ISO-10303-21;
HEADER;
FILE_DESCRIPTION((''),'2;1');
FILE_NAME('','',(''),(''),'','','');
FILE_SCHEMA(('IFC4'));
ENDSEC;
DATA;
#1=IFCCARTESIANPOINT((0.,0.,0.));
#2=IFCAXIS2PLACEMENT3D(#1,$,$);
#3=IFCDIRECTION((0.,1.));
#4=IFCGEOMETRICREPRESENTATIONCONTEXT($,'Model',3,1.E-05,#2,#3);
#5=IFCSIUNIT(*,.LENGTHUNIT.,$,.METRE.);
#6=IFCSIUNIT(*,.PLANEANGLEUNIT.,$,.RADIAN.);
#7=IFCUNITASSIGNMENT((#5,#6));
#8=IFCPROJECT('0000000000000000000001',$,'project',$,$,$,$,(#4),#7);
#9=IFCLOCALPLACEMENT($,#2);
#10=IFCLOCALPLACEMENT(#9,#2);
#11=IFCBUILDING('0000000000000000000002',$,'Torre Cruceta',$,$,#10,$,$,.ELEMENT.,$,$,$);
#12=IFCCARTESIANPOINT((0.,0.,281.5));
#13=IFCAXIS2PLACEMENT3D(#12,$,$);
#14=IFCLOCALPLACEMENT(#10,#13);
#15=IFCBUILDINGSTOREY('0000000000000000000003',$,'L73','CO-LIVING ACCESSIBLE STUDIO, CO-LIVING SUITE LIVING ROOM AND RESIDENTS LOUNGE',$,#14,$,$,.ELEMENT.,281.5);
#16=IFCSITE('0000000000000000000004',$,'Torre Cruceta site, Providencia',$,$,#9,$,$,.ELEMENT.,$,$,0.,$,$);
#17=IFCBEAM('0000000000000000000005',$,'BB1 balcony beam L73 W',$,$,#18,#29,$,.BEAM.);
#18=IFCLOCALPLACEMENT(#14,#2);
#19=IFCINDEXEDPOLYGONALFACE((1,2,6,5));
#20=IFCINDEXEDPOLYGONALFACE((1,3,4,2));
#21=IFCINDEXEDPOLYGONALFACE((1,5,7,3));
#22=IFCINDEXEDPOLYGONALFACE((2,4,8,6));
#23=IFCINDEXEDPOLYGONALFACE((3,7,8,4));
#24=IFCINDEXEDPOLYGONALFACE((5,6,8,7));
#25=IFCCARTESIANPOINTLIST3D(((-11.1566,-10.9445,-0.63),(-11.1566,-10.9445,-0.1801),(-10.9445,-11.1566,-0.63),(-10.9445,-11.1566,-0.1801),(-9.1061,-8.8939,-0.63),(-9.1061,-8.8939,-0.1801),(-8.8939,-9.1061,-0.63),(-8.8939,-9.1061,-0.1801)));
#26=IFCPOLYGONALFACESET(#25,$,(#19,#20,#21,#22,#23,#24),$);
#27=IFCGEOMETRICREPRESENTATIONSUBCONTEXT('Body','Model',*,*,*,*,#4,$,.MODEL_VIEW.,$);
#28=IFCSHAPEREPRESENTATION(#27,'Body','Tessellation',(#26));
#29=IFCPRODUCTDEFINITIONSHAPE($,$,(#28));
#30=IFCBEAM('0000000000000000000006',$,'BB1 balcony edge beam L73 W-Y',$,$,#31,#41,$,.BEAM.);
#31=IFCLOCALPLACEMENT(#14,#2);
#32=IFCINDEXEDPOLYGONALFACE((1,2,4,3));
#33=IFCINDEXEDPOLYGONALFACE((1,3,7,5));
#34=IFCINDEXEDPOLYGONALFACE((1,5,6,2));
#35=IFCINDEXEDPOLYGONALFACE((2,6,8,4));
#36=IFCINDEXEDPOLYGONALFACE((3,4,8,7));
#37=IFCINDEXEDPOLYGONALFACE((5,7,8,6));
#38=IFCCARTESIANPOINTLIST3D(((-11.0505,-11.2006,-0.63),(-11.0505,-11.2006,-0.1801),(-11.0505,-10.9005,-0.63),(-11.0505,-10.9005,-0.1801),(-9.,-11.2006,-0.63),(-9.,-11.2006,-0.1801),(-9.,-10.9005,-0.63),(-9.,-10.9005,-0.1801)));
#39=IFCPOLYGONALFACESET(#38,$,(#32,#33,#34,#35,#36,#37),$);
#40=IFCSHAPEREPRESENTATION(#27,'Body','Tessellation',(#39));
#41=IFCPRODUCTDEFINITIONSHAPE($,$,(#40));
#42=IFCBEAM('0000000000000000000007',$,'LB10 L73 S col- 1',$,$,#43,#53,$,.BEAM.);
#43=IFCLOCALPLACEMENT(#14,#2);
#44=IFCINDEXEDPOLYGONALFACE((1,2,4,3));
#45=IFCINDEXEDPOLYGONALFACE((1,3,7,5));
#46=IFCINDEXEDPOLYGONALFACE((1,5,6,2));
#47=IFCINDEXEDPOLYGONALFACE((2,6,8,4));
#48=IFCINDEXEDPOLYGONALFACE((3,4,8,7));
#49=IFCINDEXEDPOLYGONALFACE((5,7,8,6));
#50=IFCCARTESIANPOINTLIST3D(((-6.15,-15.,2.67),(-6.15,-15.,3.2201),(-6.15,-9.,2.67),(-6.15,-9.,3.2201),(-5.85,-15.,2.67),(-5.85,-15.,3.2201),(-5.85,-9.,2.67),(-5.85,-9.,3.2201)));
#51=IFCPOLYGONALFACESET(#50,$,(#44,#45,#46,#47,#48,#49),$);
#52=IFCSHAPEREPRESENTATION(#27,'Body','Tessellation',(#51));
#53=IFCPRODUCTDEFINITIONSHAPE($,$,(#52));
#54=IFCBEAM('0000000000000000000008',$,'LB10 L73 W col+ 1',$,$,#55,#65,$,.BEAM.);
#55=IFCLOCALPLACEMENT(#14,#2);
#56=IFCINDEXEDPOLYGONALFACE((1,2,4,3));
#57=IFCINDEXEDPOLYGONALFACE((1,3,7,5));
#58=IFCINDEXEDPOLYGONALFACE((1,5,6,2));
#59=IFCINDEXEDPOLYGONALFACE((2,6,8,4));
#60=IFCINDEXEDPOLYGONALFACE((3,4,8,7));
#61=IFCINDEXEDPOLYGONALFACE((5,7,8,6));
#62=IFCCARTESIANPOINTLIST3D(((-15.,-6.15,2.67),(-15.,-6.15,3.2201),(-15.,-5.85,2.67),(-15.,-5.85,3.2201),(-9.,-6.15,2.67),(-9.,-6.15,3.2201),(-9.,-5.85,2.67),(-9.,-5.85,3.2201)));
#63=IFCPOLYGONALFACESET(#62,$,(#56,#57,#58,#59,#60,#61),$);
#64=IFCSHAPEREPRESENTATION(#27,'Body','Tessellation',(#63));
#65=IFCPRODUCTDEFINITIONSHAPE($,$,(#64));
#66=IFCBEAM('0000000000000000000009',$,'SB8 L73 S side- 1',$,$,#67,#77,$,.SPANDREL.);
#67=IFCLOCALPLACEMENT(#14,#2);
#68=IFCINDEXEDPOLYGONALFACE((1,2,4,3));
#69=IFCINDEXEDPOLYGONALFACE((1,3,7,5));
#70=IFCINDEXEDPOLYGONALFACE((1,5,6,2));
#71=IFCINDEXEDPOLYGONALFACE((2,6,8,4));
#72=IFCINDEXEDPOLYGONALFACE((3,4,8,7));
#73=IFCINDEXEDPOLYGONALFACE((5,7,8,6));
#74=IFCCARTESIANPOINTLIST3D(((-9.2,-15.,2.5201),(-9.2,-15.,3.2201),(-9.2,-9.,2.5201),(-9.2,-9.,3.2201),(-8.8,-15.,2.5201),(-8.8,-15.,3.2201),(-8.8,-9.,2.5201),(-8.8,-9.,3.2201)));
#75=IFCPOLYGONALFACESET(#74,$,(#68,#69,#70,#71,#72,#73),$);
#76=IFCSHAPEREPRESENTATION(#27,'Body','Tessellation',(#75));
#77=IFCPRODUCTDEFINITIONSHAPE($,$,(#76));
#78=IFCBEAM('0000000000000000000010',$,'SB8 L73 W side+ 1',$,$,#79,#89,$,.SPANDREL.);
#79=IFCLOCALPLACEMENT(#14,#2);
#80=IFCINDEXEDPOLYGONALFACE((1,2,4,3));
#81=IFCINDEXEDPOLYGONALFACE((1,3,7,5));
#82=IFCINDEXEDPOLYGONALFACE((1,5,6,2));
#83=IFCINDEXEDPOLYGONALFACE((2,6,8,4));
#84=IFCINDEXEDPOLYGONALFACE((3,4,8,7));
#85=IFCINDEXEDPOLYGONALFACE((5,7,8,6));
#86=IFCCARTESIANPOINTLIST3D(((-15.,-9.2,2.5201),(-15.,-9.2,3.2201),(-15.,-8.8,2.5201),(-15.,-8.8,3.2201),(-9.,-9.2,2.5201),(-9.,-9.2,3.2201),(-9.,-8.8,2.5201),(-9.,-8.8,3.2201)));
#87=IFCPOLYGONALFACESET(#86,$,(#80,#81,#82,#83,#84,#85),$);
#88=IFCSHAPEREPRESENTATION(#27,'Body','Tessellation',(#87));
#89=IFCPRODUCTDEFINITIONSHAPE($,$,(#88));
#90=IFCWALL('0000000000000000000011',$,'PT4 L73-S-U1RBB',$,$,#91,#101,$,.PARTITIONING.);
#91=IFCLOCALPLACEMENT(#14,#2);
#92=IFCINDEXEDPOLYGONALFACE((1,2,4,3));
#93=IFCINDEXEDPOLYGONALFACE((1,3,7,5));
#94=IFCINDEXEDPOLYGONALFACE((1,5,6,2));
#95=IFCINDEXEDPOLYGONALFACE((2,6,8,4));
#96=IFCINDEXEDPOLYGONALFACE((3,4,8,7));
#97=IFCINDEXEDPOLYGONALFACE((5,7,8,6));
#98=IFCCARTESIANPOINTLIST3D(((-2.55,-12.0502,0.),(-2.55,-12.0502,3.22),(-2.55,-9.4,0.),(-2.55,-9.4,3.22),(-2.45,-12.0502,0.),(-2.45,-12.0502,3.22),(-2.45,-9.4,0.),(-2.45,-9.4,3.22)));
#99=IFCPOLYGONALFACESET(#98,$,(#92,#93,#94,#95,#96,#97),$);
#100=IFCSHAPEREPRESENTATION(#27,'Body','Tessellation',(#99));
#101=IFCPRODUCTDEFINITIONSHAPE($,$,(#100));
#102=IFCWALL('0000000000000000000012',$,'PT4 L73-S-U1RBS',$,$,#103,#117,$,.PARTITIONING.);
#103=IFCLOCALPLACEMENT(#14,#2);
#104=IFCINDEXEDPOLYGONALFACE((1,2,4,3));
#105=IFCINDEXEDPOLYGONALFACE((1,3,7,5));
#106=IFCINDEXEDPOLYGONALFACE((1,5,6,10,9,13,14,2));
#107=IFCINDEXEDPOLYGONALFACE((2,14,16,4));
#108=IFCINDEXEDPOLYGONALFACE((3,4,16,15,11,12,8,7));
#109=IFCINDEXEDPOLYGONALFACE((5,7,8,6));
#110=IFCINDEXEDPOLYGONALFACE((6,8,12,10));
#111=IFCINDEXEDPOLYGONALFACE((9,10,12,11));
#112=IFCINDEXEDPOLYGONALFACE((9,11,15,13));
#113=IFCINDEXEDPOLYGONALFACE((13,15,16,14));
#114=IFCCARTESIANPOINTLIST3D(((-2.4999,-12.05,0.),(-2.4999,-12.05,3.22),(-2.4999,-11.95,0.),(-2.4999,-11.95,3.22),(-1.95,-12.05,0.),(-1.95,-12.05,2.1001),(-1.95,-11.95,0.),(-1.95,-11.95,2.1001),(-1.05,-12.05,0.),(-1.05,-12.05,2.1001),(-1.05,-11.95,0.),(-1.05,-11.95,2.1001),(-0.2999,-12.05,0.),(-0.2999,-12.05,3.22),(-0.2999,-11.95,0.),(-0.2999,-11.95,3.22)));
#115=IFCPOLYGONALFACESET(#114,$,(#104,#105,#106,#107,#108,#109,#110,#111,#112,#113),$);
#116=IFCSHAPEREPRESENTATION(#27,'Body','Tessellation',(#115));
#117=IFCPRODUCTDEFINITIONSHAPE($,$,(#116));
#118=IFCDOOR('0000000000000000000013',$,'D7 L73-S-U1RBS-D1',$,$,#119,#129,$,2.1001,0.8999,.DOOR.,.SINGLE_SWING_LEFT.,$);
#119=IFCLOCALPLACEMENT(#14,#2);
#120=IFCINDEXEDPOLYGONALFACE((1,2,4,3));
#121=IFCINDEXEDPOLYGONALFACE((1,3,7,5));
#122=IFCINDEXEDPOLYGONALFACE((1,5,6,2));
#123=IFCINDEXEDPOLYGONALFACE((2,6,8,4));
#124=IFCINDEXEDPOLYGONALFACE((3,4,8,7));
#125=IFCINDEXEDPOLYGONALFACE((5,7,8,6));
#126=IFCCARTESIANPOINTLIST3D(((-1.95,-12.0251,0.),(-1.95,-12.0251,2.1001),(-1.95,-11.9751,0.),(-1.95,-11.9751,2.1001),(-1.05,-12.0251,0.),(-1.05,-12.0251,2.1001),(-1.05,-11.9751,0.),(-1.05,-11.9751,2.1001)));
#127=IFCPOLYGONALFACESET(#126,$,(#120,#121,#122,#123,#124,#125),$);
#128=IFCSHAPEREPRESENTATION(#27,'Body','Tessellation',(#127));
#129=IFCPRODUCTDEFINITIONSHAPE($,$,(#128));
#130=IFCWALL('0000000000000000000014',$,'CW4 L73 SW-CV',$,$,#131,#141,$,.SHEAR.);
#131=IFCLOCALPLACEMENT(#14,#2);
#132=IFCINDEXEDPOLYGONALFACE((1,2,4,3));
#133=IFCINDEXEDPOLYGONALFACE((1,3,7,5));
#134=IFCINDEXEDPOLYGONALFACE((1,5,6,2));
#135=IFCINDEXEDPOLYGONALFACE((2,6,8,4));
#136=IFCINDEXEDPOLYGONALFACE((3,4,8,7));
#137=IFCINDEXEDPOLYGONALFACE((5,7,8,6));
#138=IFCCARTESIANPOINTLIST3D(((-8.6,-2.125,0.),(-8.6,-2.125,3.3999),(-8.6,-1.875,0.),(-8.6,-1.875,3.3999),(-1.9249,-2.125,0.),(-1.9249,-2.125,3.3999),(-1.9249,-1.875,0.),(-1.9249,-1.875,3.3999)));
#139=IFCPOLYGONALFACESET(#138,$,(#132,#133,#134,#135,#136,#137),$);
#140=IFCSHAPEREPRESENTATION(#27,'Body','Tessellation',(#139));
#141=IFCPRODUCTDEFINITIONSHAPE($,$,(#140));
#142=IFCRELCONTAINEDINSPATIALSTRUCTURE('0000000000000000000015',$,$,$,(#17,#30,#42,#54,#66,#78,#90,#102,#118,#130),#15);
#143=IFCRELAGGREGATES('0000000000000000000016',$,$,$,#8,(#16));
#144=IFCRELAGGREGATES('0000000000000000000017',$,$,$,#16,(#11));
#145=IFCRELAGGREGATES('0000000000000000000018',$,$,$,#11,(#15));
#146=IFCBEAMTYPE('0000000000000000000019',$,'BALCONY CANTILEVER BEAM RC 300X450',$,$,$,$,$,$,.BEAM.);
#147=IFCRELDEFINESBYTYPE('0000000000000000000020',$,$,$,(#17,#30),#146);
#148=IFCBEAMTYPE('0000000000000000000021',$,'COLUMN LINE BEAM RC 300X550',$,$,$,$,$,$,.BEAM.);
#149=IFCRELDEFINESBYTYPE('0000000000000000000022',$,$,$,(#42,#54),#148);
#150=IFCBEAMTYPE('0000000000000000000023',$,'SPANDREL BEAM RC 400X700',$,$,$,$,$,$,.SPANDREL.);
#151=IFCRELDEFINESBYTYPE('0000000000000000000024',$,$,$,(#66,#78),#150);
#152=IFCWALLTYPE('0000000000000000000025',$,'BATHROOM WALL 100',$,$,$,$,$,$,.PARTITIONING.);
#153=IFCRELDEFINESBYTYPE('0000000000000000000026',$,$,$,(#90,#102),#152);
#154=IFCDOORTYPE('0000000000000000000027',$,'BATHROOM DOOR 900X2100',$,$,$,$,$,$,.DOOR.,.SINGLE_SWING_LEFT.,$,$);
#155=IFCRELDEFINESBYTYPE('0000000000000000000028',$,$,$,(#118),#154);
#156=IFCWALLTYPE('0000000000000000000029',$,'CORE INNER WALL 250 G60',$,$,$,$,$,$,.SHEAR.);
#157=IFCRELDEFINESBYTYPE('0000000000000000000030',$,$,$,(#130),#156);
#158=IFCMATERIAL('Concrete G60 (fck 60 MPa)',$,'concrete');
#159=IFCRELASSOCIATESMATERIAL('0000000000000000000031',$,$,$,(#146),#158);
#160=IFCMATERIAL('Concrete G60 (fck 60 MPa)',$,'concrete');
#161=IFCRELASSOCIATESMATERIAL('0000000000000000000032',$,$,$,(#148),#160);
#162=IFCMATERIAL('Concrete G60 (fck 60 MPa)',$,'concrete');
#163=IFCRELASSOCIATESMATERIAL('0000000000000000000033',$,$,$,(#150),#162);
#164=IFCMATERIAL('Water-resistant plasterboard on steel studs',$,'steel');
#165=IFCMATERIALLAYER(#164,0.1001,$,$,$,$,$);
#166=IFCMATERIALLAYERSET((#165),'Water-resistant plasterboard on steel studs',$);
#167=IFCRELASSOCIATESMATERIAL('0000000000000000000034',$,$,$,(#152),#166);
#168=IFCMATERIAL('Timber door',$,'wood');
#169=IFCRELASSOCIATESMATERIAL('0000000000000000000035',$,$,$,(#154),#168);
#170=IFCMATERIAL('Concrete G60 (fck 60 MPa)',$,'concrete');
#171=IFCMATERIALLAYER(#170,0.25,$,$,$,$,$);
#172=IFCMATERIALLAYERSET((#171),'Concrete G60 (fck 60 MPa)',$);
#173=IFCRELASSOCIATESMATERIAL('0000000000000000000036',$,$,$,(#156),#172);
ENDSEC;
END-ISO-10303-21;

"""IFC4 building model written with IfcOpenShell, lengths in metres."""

from ifc_helpers import new_model, si_unit, direction, frame, frame_2d, origin, origin_2d, place, context, subcontext, project, spatial, rectangle, extrude, material, layer, layer_set, material_profile, profile_set, type_object, element, fill, save


model = new_model("IFC4")

# Units and contexts
model_context = context("Model", 3, precision=1e-05, world=origin(), true_north=direction((0.0, 1.0)))
body_context = subcontext(model_context, "Body", "Model", "MODEL_VIEW")
ifc_project = project(units=[si_unit("LENGTHUNIT", "METRE"), si_unit("PLANEANGLEUNIT", "RADIAN")], contexts=[model_context])

# Site, building, storey
site_placement = place(None, origin())
site = spatial("IfcSite", under=ifc_project, at=site_placement, Name="Torre Cruceta site, Providencia", CompositionType="ELEMENT", RefElevation=0.0)
building_placement = place(site_placement, origin())
building = spatial("IfcBuilding", under=site, at=building_placement, Name="Torre Cruceta", CompositionType="ELEMENT")
storey_placement = place(building_placement, frame((0.0, 0.0, 281.5)))
storey = spatial("IfcBuildingStorey", under=building, at=storey_placement, Name="L73", Description="CO-LIVING ACCESSIBLE STUDIO, CO-LIVING SUITE LIVING ROOM AND RESIDENTS LOUNGE", CompositionType="ELEMENT", Elevation=281.5)

# Beams
ifc_material_1 = material(Name="Concrete G60 (fck 60 MPa)", Category="concrete")
ifc_material_profile_1 = material_profile(ifc_material_1, rectangle(XDim=0.3, YDim=0.45, at=origin_2d()), Name="RC 300X450")
ifc_profile_set_1 = profile_set([ifc_material_profile_1], Name="Concrete G60 (fck 60 MPa)")
beam_type_1 = type_object("IfcBeamType", Name="BALCONY CANTILEVER BEAM RC 300X450", PredefinedType="BEAM", material=ifc_profile_set_1)
beam_1_placement = place(storey_placement, frame((-9.0, -9.0, -0.405), z_axis=(-0.707107, -0.707107, 0.0), x_axis=(0.707107, -0.707107, 0.0)))
element("IfcBeam", 1, at=beam_1_placement, inside=storey, type_object=beam_type_1, Name="BB1 balcony beam L73 W", PredefinedType="BEAM", context=body_context, shape_type="SweptSolid", body=[
    extrude(rectangle(XDim=0.3, YDim=0.45, at=origin_2d()), origin(), (0.0, 0.0, 1.0), 2.8999),
])
beam_2_placement = place(storey_placement, frame((-9.0, -11.0505, -0.405), z_axis=(-1.0, 0.0, 0.0), x_axis=(0.0, -1.0, 0.0)))
element("IfcBeam", 2, at=beam_2_placement, inside=storey, type_object=beam_type_1, Name="BB1 balcony edge beam L73 W-Y", PredefinedType="BEAM", context=body_context, shape_type="SweptSolid", body=[
    extrude(rectangle(XDim=0.3, YDim=0.45, at=origin_2d()), origin(), (0.0, 0.0, 1.0), 2.0505),
])
ifc_material_2 = material(Name="Concrete G60 (fck 60 MPa)", Category="concrete")
ifc_material_profile_2 = material_profile(ifc_material_2, rectangle(XDim=0.3, YDim=0.55, at=origin_2d()), Name="RC 300X550")
ifc_profile_set_2 = profile_set([ifc_material_profile_2], Name="Concrete G60 (fck 60 MPa)")
beam_type_2 = type_object("IfcBeamType", Name="COLUMN LINE BEAM RC 300X550", PredefinedType="BEAM", material=ifc_profile_set_2)
for number, where, z_axis, x_axis, name in (
    (3, (-6.0, -9.0, 2.9451), (0.0, -1.0, 0.0), (1.0, 0.0, 0.0), "LB10 L73 S col- 1"),
    (4, (-9.0, -6.0, 2.9451), (-1.0, 0.0, 0.0), (0.0, -1.0, 0.0), "LB10 L73 W col+ 1"),
):
    element("IfcBeam", number, at=place(storey_placement, frame(where, z_axis=z_axis, x_axis=x_axis)), inside=storey, type_object=beam_type_2, Name=name, PredefinedType="BEAM", context=body_context, shape_type="SweptSolid", body=[
        extrude(rectangle(XDim=0.3, YDim=0.55, at=origin_2d()), origin(), (0.0, 0.0, 1.0), 6.0),
    ])
ifc_material_3 = material(Name="Concrete G60 (fck 60 MPa)", Category="concrete")
ifc_material_profile_3 = material_profile(ifc_material_3, rectangle(XDim=0.3999, YDim=0.7, at=origin_2d()), Name="RC 400X700")
ifc_profile_set_3 = profile_set([ifc_material_profile_3], Name="Concrete G60 (fck 60 MPa)")
beam_type_3 = type_object("IfcBeamType", Name="SPANDREL BEAM RC 400X700", PredefinedType="SPANDREL", material=ifc_profile_set_3)
for number, where, z_axis, x_axis, name in (
    (5, (-9.0, -9.0, 2.8701), (0.0, -1.0, 0.0), (1.0, 0.0, 0.0), "SB8 L73 S side- 1"),
    (6, (-9.0, -9.0, 2.8701), (-1.0, 0.0, 0.0), (0.0, -1.0, 0.0), "SB8 L73 W side+ 1"),
):
    element("IfcBeam", number, at=place(storey_placement, frame(where, z_axis=z_axis, x_axis=x_axis)), inside=storey, type_object=beam_type_3, Name=name, PredefinedType="SPANDREL", context=body_context, shape_type="SweptSolid", body=[
        extrude(rectangle(XDim=0.3999, YDim=0.7, at=origin_2d()), origin(), (0.0, 0.0, 1.0), 6.0),
    ])

# Wall
ifc_material_4 = material(Name="Water-resistant plasterboard on steel studs", Category="steel")
ifc_layer_1 = layer(ifc_material_4, 0.1001)
ifc_layer_set_1 = layer_set([ifc_layer_1], Name="Water-resistant plasterboard on steel studs")
wall_type_1 = type_object("IfcWallType", Name="BATHROOM WALL 100", PredefinedType="PARTITIONING", material=ifc_layer_set_1)
wall_1_placement = place(storey_placement, frame((-2.5, -9.3999, 0.0), z_axis=(0.0, 0.0, 1.0), x_axis=(0.0, -1.0, 0.0)))
element("IfcWall", 7, at=wall_1_placement, inside=storey, type_object=wall_type_1, Name="PT4 L73-S-U1RBB", PredefinedType="PARTITIONING", context=body_context, shape_type="SweptSolid", body=[
    extrude(rectangle(XDim=2.6501, YDim=0.1001, at=frame_2d((1.3252, 0.0))), origin(), (0.0, 0.0, 1.0), 3.22),
])

# Wall, opening, door
wall_2_placement = place(storey_placement, frame((-2.5, -12.0, 0.0), z_axis=(0.0, 0.0, 1.0), x_axis=(1.0, 0.0, 0.0)))
wall_2 = element("IfcWall", 8, at=wall_2_placement, inside=storey, type_object=wall_type_1, Name="PT4 L73-S-U1RBS", PredefinedType="PARTITIONING", context=body_context, shape_type="SweptSolid", body=[
    extrude(rectangle(XDim=2.2, YDim=0.1001, at=frame_2d((1.1001, 0.0))), origin(), (0.0, 0.0, 1.0), 3.22),
])
opening_1_placement = place(wall_2_placement, frame((0.55, 0.0, 0.0)))
opening_1 = element("IfcOpeningElement", 9, at=opening_1_placement, cuts=wall_2, PredefinedType="OPENING", context=body_context, shape_type="SweptSolid", body=[
    extrude(rectangle(XDim=0.8999, YDim=2.1001, at=frame_2d((0.45, 1.05))), frame((0.0, 0.0601, 0.0), z_axis=(0.0, -1.0, 0.0), x_axis=(1.0, 0.0, 0.0)), (0.0, 0.0, 1.0), 0.1201),
])
ifc_material_5 = material(Name="Timber door", Category="wood")
door_type_1 = type_object("IfcDoorType", Name="BATHROOM DOOR 900X2100", OperationType="SINGLE_SWING_LEFT", PredefinedType="DOOR", material=ifc_material_5)
door_1_placement = place(opening_1_placement, origin())
door_1 = element("IfcDoor", 10, at=door_1_placement, inside=storey, type_object=door_type_1, Name="D7 L73-S-U1RBS-D1", OperationType="SINGLE_SWING_LEFT", OverallHeight=2.1001, OverallWidth=0.8999, PredefinedType="DOOR", context=body_context, shape_type="SweptSolid", body=[
    extrude(rectangle(XDim=0.8999, YDim=2.1001, at=frame_2d((0.45, 1.05))), frame((0.0, 0.0249, 0.0), z_axis=(0.0, -1.0, 0.0), x_axis=(1.0, 0.0, 0.0)), (0.0, 0.0, 1.0), 0.05),
])
fill(opening_1, door_1)
ifc_material_6 = material(Name="Concrete G60 (fck 60 MPa)", Category="concrete")
ifc_layer_2 = layer(ifc_material_6, 0.25)
ifc_layer_set_2 = layer_set([ifc_layer_2], Name="Concrete G60 (fck 60 MPa)")
wall_type_2 = type_object("IfcWallType", Name="CORE INNER WALL 250 G60", PredefinedType="SHEAR", material=ifc_layer_set_2)

# Wall
wall_3_placement = place(storey_placement, frame((-1.925, -2.0, 0.0), z_axis=(0.0, 0.0, 1.0), x_axis=(-1.0, 0.0, 0.0)))
element("IfcWall", 11, at=wall_3_placement, inside=storey, type_object=wall_type_2, Name="CW4 L73 SW-CV", PredefinedType="SHEAR", context=body_context, shape_type="SweptSolid", body=[
    extrude(rectangle(XDim=6.675, YDim=0.25, at=frame_2d((3.3374, 0.0))), origin(), (0.0, 0.0, 1.0), 3.3999),
])

save(model, "model.ifc")
